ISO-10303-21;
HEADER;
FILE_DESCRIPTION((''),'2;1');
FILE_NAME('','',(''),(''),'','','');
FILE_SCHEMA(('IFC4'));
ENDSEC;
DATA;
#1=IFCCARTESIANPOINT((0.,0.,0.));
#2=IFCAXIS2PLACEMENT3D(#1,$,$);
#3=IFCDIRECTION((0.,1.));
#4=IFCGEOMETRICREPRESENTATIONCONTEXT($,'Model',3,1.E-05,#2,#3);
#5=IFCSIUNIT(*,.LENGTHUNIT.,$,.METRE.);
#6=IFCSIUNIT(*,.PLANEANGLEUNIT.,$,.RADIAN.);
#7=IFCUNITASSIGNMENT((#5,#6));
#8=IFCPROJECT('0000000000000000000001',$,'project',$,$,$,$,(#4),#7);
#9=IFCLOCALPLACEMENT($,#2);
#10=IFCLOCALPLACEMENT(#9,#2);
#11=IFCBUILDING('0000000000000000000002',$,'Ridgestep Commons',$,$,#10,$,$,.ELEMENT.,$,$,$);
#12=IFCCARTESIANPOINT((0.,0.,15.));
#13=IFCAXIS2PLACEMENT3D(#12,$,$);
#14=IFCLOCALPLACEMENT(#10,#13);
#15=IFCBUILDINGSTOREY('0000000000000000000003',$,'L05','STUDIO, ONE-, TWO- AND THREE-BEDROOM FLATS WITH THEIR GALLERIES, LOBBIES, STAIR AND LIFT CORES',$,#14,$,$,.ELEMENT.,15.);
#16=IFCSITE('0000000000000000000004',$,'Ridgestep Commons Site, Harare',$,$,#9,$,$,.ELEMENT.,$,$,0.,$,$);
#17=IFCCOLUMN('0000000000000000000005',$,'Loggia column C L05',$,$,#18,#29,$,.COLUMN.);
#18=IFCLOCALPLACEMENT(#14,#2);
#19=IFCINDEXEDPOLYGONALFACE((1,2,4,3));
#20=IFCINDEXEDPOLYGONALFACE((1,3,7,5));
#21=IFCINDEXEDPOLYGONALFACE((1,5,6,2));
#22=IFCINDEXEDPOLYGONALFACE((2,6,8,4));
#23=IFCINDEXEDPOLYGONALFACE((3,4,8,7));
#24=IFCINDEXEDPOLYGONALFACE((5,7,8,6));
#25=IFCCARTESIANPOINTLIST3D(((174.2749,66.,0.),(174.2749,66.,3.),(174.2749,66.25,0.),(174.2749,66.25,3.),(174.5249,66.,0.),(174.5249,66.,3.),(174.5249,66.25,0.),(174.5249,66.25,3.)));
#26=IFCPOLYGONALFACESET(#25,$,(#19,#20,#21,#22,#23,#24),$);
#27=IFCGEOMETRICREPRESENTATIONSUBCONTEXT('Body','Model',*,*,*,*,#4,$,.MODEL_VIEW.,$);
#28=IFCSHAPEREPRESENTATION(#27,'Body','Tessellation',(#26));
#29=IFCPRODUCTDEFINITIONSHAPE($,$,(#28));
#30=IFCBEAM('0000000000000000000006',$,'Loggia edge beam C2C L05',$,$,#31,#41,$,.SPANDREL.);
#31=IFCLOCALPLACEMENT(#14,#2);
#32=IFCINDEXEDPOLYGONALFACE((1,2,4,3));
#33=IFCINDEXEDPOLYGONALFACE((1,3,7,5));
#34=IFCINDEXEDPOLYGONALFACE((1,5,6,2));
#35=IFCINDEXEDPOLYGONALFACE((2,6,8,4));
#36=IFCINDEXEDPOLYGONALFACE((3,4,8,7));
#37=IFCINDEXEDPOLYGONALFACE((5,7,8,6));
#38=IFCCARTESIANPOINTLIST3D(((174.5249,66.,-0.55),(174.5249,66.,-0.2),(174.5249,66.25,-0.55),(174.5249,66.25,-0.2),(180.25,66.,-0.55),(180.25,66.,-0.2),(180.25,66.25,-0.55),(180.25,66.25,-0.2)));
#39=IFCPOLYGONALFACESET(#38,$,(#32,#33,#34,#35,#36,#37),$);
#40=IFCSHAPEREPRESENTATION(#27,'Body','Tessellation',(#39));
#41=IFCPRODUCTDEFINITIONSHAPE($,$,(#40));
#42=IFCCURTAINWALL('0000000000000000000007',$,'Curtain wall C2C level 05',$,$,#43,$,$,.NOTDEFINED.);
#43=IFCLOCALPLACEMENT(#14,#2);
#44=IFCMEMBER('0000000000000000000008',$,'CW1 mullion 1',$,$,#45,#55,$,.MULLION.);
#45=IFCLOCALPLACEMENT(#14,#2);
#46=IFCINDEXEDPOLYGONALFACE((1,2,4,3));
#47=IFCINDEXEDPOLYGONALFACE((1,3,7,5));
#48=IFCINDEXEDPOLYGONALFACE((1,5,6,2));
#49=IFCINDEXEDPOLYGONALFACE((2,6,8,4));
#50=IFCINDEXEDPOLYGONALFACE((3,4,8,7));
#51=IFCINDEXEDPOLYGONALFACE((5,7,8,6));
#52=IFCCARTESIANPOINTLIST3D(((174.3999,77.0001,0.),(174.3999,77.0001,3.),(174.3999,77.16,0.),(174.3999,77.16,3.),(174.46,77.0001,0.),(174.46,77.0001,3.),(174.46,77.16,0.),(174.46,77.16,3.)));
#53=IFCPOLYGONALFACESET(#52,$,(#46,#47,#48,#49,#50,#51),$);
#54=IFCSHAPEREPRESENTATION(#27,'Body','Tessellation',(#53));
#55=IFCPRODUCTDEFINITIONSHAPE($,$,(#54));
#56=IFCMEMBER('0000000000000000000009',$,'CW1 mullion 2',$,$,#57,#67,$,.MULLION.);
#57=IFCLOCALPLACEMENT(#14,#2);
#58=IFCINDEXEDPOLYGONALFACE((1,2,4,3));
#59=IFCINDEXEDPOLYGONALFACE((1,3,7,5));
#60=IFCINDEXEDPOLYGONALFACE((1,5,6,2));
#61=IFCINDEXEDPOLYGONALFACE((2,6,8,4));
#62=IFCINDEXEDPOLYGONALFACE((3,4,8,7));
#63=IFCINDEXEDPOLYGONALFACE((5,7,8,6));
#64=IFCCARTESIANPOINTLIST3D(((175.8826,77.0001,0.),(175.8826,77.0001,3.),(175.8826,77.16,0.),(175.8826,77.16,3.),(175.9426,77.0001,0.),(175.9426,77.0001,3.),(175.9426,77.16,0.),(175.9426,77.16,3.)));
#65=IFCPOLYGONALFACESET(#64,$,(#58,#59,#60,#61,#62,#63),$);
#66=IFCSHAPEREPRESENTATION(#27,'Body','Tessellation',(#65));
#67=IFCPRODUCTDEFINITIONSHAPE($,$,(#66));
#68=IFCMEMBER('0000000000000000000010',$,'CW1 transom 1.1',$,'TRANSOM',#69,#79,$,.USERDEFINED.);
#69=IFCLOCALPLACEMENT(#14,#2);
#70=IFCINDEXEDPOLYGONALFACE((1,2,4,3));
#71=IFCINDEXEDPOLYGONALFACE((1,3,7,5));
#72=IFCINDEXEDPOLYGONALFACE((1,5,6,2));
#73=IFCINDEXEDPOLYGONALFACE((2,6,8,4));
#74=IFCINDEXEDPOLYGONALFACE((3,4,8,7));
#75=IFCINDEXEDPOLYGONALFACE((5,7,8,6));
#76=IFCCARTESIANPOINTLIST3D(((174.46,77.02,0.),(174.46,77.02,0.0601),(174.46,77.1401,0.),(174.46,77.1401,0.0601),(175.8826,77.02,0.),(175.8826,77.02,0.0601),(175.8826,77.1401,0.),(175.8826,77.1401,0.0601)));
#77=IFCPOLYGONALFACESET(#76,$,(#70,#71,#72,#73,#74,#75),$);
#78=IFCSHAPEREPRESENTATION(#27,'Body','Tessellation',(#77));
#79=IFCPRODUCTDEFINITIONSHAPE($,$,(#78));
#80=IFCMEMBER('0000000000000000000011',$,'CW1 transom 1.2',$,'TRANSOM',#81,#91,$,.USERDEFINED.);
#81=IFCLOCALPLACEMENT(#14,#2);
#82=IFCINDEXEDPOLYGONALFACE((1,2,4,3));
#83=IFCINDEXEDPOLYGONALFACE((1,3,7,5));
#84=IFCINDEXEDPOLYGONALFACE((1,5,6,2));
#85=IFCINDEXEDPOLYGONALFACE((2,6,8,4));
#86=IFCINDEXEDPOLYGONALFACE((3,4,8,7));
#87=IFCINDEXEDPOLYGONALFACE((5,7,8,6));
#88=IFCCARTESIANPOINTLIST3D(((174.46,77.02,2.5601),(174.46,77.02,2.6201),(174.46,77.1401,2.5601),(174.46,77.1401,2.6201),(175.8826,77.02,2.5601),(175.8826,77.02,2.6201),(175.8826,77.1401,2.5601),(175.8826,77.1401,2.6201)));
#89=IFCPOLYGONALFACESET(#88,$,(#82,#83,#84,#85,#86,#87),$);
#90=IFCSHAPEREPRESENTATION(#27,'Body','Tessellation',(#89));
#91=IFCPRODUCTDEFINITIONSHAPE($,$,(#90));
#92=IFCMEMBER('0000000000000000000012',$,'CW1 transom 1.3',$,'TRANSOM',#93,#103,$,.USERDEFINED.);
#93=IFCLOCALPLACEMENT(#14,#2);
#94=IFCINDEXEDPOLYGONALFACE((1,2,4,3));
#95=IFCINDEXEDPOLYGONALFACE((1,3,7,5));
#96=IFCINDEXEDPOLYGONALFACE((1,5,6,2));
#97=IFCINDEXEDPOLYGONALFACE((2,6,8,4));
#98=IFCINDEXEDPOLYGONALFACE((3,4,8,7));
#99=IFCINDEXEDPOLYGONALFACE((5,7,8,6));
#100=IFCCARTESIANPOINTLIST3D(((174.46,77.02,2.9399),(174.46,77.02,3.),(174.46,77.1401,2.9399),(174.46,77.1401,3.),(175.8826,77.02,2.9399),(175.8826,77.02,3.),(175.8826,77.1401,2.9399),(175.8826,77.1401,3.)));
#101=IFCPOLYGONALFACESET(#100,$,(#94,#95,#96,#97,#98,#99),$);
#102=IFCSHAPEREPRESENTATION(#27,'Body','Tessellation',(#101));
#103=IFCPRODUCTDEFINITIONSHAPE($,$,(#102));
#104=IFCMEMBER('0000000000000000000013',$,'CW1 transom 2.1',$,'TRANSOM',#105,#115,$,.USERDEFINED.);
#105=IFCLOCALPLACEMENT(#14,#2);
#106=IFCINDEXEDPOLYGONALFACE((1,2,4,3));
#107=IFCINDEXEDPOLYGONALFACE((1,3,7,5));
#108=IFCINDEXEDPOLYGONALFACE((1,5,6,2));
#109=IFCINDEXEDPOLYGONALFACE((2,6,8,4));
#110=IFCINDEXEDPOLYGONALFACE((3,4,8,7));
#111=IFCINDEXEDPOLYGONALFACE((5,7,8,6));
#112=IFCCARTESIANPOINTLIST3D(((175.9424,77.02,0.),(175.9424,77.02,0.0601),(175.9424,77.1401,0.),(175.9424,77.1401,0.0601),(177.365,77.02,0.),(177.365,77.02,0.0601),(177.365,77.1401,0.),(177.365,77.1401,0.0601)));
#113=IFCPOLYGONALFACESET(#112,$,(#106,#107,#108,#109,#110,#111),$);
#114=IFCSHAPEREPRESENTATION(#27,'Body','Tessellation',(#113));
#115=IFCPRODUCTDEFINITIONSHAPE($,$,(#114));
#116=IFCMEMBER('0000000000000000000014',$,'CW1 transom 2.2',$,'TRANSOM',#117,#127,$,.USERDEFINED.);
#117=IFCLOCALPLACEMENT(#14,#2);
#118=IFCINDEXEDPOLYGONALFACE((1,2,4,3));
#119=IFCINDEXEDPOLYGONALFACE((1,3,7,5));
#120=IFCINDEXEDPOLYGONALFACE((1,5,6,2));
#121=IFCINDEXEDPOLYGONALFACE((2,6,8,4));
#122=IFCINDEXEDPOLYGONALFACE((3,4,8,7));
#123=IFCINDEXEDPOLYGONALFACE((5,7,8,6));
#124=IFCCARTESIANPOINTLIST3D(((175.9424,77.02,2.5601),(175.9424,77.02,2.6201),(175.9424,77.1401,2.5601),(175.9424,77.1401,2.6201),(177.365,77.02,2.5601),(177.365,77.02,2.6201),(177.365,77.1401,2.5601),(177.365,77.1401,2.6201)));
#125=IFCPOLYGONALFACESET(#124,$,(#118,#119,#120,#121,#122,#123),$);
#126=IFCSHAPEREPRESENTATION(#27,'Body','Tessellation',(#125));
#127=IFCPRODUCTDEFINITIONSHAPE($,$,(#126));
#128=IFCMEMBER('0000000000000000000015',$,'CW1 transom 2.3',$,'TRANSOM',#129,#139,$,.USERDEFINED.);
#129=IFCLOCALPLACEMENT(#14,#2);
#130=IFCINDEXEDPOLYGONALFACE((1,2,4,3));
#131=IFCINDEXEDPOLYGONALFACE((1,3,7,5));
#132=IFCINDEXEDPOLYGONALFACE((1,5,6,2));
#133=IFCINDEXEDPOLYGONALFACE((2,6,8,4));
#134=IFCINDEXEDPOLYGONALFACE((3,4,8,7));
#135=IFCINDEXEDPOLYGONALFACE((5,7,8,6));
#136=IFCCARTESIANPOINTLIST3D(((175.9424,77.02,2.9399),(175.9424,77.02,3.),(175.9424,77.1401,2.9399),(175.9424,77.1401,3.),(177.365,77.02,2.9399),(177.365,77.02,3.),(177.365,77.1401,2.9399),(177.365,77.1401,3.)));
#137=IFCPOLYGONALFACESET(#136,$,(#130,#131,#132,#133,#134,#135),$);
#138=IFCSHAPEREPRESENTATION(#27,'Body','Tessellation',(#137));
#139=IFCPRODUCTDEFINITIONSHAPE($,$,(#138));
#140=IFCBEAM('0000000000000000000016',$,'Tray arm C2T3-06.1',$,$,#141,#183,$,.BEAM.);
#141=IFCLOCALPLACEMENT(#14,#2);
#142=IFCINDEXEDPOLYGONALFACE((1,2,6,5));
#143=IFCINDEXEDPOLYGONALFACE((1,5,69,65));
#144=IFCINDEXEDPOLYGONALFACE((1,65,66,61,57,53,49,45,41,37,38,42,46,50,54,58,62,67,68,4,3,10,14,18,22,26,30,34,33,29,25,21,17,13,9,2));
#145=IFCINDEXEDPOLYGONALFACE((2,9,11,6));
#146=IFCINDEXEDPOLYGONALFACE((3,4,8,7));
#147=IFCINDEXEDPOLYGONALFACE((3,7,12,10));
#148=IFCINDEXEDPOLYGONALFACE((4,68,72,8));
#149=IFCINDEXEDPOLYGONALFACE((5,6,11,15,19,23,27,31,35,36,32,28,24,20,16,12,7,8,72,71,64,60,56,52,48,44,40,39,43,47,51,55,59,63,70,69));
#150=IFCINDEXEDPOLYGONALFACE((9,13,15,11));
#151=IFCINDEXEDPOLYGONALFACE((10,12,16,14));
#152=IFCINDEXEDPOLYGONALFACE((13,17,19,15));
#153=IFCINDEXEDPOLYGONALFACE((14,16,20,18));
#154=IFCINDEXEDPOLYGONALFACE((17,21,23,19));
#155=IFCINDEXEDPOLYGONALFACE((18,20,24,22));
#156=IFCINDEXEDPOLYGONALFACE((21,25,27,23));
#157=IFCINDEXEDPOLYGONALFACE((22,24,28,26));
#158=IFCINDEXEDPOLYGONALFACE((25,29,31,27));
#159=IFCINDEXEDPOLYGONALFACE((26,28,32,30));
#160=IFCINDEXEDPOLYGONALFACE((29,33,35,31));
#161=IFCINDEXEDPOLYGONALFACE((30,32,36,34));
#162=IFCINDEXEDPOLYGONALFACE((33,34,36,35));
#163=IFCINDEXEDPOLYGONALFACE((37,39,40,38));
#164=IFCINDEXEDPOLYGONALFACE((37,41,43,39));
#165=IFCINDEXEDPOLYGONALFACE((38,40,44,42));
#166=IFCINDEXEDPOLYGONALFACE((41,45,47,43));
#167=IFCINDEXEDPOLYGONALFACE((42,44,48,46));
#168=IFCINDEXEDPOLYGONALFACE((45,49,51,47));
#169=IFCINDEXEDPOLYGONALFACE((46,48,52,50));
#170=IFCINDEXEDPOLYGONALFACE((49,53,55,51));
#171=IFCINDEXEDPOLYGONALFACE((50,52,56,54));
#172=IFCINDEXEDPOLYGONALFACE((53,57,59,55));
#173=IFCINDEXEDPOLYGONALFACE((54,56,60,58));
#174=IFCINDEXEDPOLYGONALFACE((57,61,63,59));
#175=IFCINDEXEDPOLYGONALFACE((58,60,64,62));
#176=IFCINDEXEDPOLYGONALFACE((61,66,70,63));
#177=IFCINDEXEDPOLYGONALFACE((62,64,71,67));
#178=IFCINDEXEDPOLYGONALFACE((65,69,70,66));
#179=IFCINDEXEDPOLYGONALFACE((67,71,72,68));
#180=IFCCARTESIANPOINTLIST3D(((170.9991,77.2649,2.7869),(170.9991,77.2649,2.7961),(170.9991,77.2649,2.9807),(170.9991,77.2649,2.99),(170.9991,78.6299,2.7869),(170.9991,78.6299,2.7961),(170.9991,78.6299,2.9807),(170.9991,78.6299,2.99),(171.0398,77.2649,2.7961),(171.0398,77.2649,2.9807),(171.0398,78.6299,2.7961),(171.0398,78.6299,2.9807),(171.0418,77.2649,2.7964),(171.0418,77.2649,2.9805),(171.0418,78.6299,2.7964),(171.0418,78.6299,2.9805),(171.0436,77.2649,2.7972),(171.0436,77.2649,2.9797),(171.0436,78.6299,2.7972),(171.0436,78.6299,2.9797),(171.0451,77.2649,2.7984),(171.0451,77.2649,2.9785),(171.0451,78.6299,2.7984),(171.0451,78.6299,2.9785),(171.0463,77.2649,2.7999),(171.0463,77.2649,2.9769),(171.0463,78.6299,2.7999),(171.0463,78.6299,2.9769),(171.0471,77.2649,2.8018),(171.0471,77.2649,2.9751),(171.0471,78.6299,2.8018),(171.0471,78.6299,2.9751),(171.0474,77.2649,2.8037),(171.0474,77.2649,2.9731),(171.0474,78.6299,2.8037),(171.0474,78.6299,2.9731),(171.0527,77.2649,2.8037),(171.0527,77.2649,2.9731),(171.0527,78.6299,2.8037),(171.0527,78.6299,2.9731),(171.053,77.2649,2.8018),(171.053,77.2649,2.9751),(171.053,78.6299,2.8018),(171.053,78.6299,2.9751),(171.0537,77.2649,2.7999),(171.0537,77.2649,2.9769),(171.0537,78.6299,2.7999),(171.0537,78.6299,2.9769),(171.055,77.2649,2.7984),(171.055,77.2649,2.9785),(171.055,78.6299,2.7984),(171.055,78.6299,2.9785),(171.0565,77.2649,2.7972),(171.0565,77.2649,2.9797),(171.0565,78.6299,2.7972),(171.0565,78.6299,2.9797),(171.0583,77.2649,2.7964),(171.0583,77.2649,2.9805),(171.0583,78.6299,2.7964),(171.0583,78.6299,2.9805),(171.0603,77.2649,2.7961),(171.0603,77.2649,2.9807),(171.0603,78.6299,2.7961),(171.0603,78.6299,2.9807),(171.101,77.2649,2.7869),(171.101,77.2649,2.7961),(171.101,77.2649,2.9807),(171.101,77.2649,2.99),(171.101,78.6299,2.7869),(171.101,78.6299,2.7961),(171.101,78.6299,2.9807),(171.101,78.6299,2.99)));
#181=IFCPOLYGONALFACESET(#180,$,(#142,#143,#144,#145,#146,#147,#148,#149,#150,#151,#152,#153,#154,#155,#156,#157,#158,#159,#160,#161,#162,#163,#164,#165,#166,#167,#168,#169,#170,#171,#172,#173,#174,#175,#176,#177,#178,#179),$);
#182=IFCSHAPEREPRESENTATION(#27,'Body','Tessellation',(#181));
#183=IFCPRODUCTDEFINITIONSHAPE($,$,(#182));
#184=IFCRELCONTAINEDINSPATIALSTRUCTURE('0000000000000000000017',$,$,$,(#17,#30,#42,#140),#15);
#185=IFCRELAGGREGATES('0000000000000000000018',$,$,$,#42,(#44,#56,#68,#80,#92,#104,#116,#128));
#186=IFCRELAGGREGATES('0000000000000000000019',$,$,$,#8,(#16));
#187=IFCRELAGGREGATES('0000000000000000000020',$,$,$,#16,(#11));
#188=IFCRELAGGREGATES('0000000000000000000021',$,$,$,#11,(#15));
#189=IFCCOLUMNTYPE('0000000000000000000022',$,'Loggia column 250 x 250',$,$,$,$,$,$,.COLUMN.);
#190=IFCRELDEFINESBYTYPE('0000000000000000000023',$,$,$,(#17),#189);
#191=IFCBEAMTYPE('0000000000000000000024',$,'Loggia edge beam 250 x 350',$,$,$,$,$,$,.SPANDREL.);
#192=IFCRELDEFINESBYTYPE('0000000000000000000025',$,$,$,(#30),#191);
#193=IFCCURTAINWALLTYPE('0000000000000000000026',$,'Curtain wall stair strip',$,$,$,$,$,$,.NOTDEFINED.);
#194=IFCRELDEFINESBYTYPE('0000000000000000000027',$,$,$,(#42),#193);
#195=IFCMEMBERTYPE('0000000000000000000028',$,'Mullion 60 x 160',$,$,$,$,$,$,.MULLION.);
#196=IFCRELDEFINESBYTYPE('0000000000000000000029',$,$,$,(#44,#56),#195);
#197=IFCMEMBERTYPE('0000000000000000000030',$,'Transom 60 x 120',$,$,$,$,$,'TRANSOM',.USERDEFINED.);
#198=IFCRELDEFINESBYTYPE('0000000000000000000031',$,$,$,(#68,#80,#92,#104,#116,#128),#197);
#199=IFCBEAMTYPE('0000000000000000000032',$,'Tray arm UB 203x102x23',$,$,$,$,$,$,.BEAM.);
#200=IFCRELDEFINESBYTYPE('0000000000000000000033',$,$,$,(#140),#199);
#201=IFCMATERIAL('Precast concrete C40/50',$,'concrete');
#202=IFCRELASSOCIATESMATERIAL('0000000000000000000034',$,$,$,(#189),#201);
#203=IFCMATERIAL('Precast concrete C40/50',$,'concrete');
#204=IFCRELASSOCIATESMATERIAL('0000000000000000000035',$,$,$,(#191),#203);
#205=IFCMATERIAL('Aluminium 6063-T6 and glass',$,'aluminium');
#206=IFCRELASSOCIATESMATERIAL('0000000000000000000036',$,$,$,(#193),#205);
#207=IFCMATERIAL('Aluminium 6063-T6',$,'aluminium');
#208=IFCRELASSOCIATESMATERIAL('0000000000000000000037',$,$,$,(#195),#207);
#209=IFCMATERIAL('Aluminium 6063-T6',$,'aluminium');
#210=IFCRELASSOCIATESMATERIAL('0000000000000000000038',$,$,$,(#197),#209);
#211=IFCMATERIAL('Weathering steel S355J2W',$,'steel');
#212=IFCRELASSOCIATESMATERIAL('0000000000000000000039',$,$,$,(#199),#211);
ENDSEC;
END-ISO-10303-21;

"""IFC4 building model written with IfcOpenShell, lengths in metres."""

from ifc_helpers import new_model, si_unit, direction, frame, origin, origin_2d, place, context, subcontext, project, spatial, rectangle, i_section, extrude, material, material_profile, profile_set, type_object, element, aggregate, save


model = new_model("IFC4")

# Units and contexts
model_context = context("Model", 3, precision=1e-05, world=origin(), true_north=direction((0.0, 1.0)))
body_context = subcontext(model_context, "Body", "Model", "MODEL_VIEW")
ifc_project = project(units=[si_unit("LENGTHUNIT", "METRE"), si_unit("PLANEANGLEUNIT", "RADIAN")], contexts=[model_context])

# Site, building, storey
site_placement = place(None, origin())
site = spatial("IfcSite", under=ifc_project, at=site_placement, Name="Ridgestep Commons Site, Harare", CompositionType="ELEMENT", RefElevation=0.0)
building_placement = place(site_placement, origin())
building = spatial("IfcBuilding", under=site, at=building_placement, Name="Ridgestep Commons", CompositionType="ELEMENT")
storey_placement = place(building_placement, frame((0.0, 0.0, 15.0)))
storey = spatial("IfcBuildingStorey", under=building, at=storey_placement, Name="L05", Description="STUDIO, ONE-, TWO- AND THREE-BEDROOM FLATS WITH THEIR GALLERIES, LOBBIES, STAIR AND LIFT CORES", CompositionType="ELEMENT", Elevation=15.0)

# Column
ifc_material_1 = material(Name="Precast concrete C40/50", Category="concrete")
ifc_material_profile_1 = material_profile(ifc_material_1, rectangle(XDim=0.25, YDim=0.25, at=origin_2d()), Name="PC 250x250")
ifc_profile_set_1 = profile_set([ifc_material_profile_1], Name="Precast concrete C40/50")
column_type = type_object("IfcColumnType", Name="Loggia column 250 x 250", PredefinedType="COLUMN", material=ifc_profile_set_1)
column_placement = place(storey_placement, frame((174.3999, 66.125, 0.0), z_axis=(0.0, 0.0, 1.0), x_axis=(1.0, 0.0, 0.0)))
element("IfcColumn", 1, at=column_placement, inside=storey, type_object=column_type, Name="Loggia column C L05", PredefinedType="COLUMN", context=body_context, shape_type="SweptSolid", body=[
    extrude(rectangle(XDim=0.25, YDim=0.25, at=origin_2d()), origin(), (0.0, 0.0, 1.0), 3.0),
])

# Beam
ifc_material_2 = material(Name="Precast concrete C40/50", Category="concrete")
ifc_material_profile_2 = material_profile(ifc_material_2, rectangle(XDim=0.25, YDim=0.3501, at=origin_2d()), Name="PC 250x350")
ifc_profile_set_2 = profile_set([ifc_material_profile_2], Name="Precast concrete C40/50")
beam_type_1 = type_object("IfcBeamType", Name="Loggia edge beam 250 x 350", PredefinedType="SPANDREL", material=ifc_profile_set_2)
beam_1_placement = place(storey_placement, frame((174.5249, 66.125, -0.375), z_axis=(1.0, 0.0, 0.0), x_axis=(0.0, 1.0, 0.0)))
element("IfcBeam", 2, at=beam_1_placement, inside=storey, type_object=beam_type_1, Name="Loggia edge beam C2C L05", PredefinedType="SPANDREL", context=body_context, shape_type="SweptSolid", body=[
    extrude(rectangle(XDim=0.25, YDim=0.3501, at=origin_2d()), origin(), (0.0, 0.0, 1.0), 5.7251),
])

# Curtain wall, members
ifc_material_3 = material(Name="Aluminium 6063-T6 and glass", Category="aluminium")
curtain_wall_type = type_object("IfcCurtainWallType", Name="Curtain wall stair strip", PredefinedType="NOTDEFINED", material=ifc_material_3)
curtain_wall_placement = place(storey_placement, origin())
curtain_wall = element("IfcCurtainWall", 3, at=curtain_wall_placement, inside=storey, type_object=curtain_wall_type, Name="Curtain wall C2C level 05", PredefinedType="NOTDEFINED")
ifc_material_4 = material(Name="Aluminium 6063-T6", Category="aluminium")
ifc_material_profile_3 = material_profile(ifc_material_4, rectangle(XDim=0.1599, YDim=0.0601, at=origin_2d()), Name="Mullion 60 x 160")
ifc_profile_set_3 = profile_set([ifc_material_profile_3], Name="Aluminium 6063-T6")
member_type_1 = type_object("IfcMemberType", Name="Mullion 60 x 160", PredefinedType="MULLION", material=ifc_profile_set_3)
member_1_placement = place(storey_placement, frame((174.4299, 77.0801, 0.0), z_axis=(0.0, 0.0, 1.0), x_axis=(0.0, 1.0, 0.0)))
member_1 = element("IfcMember", 4, at=member_1_placement, type_object=member_type_1, Name="CW1 mullion 1", PredefinedType="MULLION", context=body_context, shape_type="SweptSolid", body=[
    extrude(rectangle(XDim=0.1599, YDim=0.0601, at=origin_2d()), origin(), (0.0, 0.0, 1.0), 3.0),
])
member_2_placement = place(storey_placement, frame((175.9126, 77.0801, 0.0), z_axis=(0.0, 0.0, 1.0), x_axis=(0.0, 1.0, 0.0)))
member_2 = element("IfcMember", 5, at=member_2_placement, type_object=member_type_1, Name="CW1 mullion 2", PredefinedType="MULLION", context=body_context, shape_type="SweptSolid", body=[
    extrude(rectangle(XDim=0.1599, YDim=0.0601, at=origin_2d()), origin(), (0.0, 0.0, 1.0), 3.0),
])
ifc_material_5 = material(Name="Aluminium 6063-T6", Category="aluminium")
ifc_material_profile_4 = material_profile(ifc_material_5, rectangle(XDim=0.1201, YDim=0.0601, at=origin_2d()), Name="Transom 60 x 120")
ifc_profile_set_4 = profile_set([ifc_material_profile_4], Name="Aluminium 6063-T6")
member_type_2 = type_object("IfcMemberType", Name="Transom 60 x 120", ElementType="TRANSOM", PredefinedType="USERDEFINED", material=ifc_profile_set_4)
member_3_placement = place(storey_placement, frame((174.46, 77.0801, 0.03), z_axis=(1.0, 0.0, 0.0), x_axis=(0.0, 1.0, 0.0)))
member_3 = element("IfcMember", 6, at=member_3_placement, type_object=member_type_2, Name="CW1 transom 1.1", ObjectType="TRANSOM", PredefinedType="USERDEFINED", context=body_context, shape_type="SweptSolid", body=[
    extrude(rectangle(XDim=0.1201, YDim=0.0601, at=origin_2d()), origin(), (0.0, 0.0, 1.0), 1.4226),
])
member_4_placement = place(storey_placement, frame((174.46, 77.0801, 2.5901), z_axis=(1.0, 0.0, 0.0), x_axis=(0.0, 1.0, 0.0)))
member_4 = element("IfcMember", 7, at=member_4_placement, type_object=member_type_2, Name="CW1 transom 1.2", ObjectType="TRANSOM", PredefinedType="USERDEFINED", context=body_context, shape_type="SweptSolid", body=[
    extrude(rectangle(XDim=0.1201, YDim=0.0601, at=origin_2d()), origin(), (0.0, 0.0, 1.0), 1.4226),
])
member_5_placement = place(storey_placement, frame((174.46, 77.0801, 2.97), z_axis=(1.0, 0.0, 0.0), x_axis=(0.0, 1.0, 0.0)))
member_5 = element("IfcMember", 8, at=member_5_placement, type_object=member_type_2, Name="CW1 transom 1.3", ObjectType="TRANSOM", PredefinedType="USERDEFINED", context=body_context, shape_type="SweptSolid", body=[
    extrude(rectangle(XDim=0.1201, YDim=0.0601, at=origin_2d()), origin(), (0.0, 0.0, 1.0), 1.4226),
])
member_6_placement = place(storey_placement, frame((175.9424, 77.0801, 0.03), z_axis=(1.0, 0.0, 0.0), x_axis=(0.0, 1.0, 0.0)))
member_6 = element("IfcMember", 9, at=member_6_placement, type_object=member_type_2, Name="CW1 transom 2.1", ObjectType="TRANSOM", PredefinedType="USERDEFINED", context=body_context, shape_type="SweptSolid", body=[
    extrude(rectangle(XDim=0.1201, YDim=0.0601, at=origin_2d()), origin(), (0.0, 0.0, 1.0), 1.4226),
])
member_7_placement = place(storey_placement, frame((175.9424, 77.0801, 2.5901), z_axis=(1.0, 0.0, 0.0), x_axis=(0.0, 1.0, 0.0)))
member_7 = element("IfcMember", 10, at=member_7_placement, type_object=member_type_2, Name="CW1 transom 2.2", ObjectType="TRANSOM", PredefinedType="USERDEFINED", context=body_context, shape_type="SweptSolid", body=[
    extrude(rectangle(XDim=0.1201, YDim=0.0601, at=origin_2d()), origin(), (0.0, 0.0, 1.0), 1.4226),
])
member_8_placement = place(storey_placement, frame((175.9424, 77.0801, 2.97), z_axis=(1.0, 0.0, 0.0), x_axis=(0.0, 1.0, 0.0)))
member_8 = element("IfcMember", 11, at=member_8_placement, type_object=member_type_2, Name="CW1 transom 2.3", ObjectType="TRANSOM", PredefinedType="USERDEFINED", context=body_context, shape_type="SweptSolid", body=[
    extrude(rectangle(XDim=0.1201, YDim=0.0601, at=origin_2d()), origin(), (0.0, 0.0, 1.0), 1.4226),
])

# Beam
ifc_material_6 = material(Name="Weathering steel S355J2W", Category="steel")
ifc_material_profile_5 = material_profile(ifc_material_6, i_section(OverallWidth=0.1018, OverallDepth=0.2031, WebThickness=0.0054, FlangeThickness=0.0093, FilletRadius=0.0076, at=origin_2d()), Name="UB 203x102x23")
ifc_profile_set_5 = profile_set([ifc_material_profile_5], Name="Weathering steel S355J2W")
beam_type_2 = type_object("IfcBeamType", Name="Tray arm UB 203x102x23", PredefinedType="BEAM", material=ifc_profile_set_5)
for number, where, z_axis, x_axis, name in (
    (12, (171.05, 77.2649, 2.8884), (0.0, 1.0, 0.0), (-1.0, 0.0, 0.0), "Tray arm C2T3-06.1"),
):
    element("IfcBeam", number, at=place(storey_placement, frame(where, z_axis=z_axis, x_axis=x_axis)), inside=storey, type_object=beam_type_2, Name=name, PredefinedType="BEAM", context=body_context, shape_type="SweptSolid", body=[
        extrude(i_section(OverallWidth=0.1018, OverallDepth=0.2031, WebThickness=0.0054, FlangeThickness=0.0093, FilletRadius=0.0076, at=origin_2d()), origin(), (0.0, 0.0, 1.0), 1.365),
    ])

aggregate(curtain_wall, [member_1, member_2, member_3, member_4, member_5, member_6, member_7, member_8])

save(model, "model.ifc")
